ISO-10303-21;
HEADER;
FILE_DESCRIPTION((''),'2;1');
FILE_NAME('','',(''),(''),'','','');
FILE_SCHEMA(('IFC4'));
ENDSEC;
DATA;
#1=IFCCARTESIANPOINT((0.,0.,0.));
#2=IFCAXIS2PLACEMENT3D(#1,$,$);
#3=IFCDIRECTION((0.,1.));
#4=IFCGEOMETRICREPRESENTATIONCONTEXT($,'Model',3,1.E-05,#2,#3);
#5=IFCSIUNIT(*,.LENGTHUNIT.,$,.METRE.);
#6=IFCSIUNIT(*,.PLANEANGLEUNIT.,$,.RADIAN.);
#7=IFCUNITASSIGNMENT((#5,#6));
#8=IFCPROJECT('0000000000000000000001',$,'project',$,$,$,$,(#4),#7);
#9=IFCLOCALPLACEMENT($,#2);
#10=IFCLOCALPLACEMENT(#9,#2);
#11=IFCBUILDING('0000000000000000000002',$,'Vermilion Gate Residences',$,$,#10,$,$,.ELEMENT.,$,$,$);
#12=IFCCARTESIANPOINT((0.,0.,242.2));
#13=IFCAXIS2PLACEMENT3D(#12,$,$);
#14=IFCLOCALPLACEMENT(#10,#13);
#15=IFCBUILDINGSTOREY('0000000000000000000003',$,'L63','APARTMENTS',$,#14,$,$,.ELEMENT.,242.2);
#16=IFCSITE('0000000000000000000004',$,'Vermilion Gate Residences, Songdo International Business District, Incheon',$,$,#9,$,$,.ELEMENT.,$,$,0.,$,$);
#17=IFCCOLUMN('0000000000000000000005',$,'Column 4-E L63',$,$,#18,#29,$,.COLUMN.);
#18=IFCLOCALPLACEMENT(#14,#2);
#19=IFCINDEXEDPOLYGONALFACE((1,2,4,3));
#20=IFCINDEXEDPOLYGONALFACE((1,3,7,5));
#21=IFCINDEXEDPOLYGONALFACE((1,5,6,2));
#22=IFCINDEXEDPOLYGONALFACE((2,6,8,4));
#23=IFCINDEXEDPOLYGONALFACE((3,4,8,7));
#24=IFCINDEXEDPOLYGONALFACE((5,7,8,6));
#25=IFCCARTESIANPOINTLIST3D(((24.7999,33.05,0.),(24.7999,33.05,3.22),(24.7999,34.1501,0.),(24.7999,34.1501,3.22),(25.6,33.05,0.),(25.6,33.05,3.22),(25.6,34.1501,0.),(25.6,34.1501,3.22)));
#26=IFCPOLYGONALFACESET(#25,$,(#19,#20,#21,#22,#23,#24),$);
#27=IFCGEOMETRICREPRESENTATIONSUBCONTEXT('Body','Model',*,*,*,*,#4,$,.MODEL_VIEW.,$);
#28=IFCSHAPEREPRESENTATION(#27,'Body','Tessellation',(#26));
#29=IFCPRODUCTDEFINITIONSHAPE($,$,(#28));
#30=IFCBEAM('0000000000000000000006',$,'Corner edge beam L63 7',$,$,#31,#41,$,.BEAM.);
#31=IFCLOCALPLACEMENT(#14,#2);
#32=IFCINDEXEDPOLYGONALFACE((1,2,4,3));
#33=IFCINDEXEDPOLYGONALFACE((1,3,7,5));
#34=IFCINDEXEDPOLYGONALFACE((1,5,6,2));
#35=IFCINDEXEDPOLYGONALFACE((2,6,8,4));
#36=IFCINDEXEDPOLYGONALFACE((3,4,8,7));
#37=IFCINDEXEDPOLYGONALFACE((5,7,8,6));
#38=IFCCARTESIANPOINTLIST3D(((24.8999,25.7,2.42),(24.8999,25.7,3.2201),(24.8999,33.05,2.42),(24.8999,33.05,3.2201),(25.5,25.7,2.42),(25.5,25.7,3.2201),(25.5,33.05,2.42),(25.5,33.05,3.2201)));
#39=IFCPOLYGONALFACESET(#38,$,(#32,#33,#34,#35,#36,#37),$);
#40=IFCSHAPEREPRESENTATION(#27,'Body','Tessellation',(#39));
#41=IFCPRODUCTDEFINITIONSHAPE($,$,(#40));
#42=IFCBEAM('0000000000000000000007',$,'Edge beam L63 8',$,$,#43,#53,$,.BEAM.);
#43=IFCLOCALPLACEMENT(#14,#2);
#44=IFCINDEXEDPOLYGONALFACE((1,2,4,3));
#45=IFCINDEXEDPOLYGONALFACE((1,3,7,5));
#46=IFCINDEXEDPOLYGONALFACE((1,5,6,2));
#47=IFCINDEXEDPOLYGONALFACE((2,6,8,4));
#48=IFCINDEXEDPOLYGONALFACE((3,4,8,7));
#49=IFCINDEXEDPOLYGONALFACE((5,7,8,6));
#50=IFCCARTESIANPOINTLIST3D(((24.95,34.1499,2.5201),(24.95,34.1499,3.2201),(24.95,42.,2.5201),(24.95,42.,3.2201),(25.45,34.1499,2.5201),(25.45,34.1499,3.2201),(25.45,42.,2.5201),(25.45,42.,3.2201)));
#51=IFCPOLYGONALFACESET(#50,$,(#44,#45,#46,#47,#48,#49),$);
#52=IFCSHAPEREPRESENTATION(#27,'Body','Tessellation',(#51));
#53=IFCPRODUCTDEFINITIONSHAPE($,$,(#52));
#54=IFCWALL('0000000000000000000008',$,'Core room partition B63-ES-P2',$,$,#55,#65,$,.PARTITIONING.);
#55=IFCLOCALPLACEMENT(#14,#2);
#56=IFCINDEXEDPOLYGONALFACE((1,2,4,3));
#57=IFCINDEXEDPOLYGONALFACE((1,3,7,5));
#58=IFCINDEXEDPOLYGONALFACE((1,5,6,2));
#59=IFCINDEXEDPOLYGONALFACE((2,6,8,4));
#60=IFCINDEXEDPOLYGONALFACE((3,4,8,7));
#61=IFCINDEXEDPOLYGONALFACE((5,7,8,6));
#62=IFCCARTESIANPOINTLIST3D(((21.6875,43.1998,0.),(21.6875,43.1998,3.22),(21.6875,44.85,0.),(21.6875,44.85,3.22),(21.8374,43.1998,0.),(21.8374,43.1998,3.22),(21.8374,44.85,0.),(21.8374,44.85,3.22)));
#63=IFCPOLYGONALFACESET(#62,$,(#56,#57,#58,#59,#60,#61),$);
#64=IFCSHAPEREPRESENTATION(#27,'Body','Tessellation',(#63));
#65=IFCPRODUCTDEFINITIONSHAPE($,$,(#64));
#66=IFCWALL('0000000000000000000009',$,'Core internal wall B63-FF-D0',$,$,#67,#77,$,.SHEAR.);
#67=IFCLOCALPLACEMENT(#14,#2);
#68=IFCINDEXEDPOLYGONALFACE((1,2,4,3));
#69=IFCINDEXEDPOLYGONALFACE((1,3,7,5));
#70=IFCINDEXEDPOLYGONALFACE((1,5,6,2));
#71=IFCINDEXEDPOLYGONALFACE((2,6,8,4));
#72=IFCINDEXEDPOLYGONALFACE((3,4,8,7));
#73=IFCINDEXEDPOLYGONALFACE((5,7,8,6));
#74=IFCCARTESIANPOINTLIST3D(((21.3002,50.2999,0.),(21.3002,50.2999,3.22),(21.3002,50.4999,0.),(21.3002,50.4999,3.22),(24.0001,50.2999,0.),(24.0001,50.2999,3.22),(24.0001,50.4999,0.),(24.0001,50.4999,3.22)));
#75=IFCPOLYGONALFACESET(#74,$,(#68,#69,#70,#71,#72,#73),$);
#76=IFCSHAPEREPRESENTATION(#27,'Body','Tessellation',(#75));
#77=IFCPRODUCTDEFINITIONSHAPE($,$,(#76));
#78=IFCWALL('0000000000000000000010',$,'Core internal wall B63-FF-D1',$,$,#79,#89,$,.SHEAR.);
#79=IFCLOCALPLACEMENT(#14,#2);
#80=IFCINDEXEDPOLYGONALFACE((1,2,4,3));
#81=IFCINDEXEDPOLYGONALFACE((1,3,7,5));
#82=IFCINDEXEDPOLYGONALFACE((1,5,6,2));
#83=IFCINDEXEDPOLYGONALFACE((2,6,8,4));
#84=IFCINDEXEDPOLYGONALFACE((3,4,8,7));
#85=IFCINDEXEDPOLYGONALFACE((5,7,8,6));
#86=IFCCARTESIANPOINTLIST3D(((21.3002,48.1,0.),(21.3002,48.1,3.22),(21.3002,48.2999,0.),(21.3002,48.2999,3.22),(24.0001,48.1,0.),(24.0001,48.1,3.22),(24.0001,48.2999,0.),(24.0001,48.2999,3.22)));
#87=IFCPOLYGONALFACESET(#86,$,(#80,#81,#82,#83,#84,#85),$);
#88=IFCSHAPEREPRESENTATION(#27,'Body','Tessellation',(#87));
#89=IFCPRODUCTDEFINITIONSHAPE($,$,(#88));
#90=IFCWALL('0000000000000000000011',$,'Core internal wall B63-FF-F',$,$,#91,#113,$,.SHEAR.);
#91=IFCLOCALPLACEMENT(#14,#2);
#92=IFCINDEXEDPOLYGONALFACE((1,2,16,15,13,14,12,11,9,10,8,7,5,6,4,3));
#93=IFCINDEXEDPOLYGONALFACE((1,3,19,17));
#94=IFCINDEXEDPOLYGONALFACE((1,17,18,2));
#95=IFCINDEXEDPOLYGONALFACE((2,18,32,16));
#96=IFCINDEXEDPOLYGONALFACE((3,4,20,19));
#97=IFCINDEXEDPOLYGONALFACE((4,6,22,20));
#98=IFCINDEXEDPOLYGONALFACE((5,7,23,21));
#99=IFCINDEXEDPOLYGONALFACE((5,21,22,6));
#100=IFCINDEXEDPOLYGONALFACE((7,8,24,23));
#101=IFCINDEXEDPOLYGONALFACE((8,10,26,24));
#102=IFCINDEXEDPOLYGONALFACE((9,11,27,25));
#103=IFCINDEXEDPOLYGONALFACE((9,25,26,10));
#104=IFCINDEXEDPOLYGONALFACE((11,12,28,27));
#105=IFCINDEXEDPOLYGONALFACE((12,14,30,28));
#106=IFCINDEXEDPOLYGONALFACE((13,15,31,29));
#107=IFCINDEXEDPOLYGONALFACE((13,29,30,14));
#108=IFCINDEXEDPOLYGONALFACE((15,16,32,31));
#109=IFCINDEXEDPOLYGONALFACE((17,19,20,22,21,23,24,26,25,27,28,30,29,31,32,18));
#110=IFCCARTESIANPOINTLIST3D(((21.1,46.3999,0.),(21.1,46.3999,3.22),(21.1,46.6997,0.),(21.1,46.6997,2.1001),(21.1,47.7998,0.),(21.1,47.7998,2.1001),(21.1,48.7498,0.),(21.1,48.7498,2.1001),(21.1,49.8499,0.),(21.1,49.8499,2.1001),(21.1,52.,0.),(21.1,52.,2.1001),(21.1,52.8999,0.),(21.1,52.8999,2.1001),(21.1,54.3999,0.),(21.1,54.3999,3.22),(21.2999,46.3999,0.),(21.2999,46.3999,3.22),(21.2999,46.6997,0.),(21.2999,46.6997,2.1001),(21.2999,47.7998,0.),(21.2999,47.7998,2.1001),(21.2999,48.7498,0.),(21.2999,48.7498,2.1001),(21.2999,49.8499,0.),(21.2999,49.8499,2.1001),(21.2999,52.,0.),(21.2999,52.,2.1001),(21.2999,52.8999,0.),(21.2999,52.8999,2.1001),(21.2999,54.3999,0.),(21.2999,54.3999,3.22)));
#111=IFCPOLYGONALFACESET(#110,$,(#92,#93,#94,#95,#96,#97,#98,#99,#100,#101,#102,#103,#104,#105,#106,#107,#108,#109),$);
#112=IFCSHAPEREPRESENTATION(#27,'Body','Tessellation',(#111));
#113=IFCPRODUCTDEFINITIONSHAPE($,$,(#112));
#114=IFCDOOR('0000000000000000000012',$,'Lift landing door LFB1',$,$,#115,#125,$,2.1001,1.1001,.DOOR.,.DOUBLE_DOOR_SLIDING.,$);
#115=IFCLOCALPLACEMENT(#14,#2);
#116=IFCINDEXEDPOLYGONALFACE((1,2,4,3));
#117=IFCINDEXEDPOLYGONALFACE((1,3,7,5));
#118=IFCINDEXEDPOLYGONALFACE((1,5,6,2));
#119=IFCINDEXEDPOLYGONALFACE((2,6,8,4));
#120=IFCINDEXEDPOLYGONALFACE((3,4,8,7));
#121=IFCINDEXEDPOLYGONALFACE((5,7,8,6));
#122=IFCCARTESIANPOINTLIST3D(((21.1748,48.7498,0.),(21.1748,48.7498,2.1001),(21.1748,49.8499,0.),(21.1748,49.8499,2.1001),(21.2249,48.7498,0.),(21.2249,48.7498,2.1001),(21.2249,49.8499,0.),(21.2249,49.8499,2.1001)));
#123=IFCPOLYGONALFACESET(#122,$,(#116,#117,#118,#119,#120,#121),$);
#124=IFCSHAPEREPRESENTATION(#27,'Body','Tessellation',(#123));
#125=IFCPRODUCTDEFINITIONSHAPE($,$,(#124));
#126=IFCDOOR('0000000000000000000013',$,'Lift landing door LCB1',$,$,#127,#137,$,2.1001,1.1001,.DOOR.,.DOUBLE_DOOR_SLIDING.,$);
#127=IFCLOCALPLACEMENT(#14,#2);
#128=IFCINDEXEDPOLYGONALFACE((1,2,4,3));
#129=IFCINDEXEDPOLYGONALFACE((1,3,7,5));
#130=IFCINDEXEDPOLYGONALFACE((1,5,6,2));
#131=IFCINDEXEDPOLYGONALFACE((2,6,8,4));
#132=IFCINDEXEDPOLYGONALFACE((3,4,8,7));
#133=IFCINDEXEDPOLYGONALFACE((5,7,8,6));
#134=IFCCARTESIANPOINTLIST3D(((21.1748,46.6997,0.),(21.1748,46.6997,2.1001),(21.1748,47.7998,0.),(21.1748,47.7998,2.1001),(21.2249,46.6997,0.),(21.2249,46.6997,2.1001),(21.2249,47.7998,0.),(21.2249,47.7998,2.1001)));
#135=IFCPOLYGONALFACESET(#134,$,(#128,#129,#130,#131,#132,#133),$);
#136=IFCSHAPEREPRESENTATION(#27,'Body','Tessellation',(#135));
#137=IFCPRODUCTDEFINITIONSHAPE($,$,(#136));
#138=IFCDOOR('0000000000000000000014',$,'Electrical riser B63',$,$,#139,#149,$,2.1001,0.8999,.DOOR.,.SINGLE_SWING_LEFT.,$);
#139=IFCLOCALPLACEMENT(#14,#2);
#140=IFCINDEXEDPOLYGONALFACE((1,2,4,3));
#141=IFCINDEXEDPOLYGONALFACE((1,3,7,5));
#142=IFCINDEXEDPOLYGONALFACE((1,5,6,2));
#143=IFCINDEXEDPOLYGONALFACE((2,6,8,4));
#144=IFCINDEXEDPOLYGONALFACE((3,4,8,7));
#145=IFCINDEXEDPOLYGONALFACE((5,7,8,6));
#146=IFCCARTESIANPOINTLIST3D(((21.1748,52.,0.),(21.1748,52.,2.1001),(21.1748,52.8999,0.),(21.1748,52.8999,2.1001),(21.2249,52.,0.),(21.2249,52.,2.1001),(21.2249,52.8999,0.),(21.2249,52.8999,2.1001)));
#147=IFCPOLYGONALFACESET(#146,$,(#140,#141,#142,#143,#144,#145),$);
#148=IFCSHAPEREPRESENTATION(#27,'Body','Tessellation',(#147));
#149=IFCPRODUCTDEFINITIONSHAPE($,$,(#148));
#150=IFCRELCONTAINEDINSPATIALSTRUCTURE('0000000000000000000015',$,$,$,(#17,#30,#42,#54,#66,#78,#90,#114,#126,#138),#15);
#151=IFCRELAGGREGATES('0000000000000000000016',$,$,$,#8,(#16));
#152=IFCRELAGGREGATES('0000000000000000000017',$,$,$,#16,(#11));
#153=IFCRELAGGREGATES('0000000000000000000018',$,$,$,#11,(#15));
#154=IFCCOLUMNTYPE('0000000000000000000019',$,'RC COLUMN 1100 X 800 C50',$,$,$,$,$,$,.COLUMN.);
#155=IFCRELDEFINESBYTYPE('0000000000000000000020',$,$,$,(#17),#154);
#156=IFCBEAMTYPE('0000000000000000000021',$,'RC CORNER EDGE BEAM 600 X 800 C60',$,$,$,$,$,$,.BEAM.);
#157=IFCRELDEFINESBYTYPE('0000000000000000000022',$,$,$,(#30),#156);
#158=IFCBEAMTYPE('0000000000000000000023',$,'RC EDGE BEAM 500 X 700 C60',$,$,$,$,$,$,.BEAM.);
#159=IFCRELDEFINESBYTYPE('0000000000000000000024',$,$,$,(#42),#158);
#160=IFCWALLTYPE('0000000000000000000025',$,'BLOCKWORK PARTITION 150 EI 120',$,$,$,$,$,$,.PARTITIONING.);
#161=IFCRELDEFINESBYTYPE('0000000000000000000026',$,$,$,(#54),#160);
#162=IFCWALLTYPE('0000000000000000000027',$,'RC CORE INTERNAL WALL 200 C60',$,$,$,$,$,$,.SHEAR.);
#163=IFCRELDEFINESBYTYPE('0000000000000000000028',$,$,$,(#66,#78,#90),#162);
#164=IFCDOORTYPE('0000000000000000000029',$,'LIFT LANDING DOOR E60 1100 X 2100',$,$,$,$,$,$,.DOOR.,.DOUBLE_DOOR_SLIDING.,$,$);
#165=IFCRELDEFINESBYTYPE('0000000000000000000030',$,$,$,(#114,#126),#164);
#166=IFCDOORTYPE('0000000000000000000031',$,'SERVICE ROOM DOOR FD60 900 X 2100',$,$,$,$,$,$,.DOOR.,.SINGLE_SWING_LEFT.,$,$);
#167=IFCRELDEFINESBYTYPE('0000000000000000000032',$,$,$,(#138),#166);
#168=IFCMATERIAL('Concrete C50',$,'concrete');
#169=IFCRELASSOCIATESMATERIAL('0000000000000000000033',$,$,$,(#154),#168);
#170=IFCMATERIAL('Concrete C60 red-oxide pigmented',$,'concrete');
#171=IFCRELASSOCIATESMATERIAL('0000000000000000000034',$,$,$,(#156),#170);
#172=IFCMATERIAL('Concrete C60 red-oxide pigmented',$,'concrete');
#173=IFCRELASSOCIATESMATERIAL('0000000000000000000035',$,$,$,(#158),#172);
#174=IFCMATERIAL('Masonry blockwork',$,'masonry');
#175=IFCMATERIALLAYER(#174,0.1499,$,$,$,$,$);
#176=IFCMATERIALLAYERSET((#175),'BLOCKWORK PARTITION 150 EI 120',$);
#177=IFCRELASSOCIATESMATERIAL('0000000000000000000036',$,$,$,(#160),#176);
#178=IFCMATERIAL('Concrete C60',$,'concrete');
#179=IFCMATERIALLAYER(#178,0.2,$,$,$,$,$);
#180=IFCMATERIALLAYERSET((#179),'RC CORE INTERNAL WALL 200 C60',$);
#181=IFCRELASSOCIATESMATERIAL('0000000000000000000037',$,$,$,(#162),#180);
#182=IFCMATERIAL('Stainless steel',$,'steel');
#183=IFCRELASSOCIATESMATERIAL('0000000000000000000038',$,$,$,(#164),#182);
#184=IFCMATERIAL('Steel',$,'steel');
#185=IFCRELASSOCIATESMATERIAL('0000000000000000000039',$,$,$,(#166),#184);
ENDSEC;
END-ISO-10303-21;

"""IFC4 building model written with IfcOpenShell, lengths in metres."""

from ifc_helpers import new_model, si_unit, direction, frame, frame_2d, origin, origin_2d, place, context, subcontext, project, spatial, rectangle, extrude, material, layer, layer_set, material_profile, profile_set, type_object, element, fill, save


model = new_model("IFC4")

# Units and contexts
model_context = context("Model", 3, precision=1e-05, world=origin(), true_north=direction((0.0, 1.0)))
body_context = subcontext(model_context, "Body", "Model", "MODEL_VIEW")
ifc_project = project(units=[si_unit("LENGTHUNIT", "METRE"), si_unit("PLANEANGLEUNIT", "RADIAN")], contexts=[model_context])

# Site, building, storey
site_placement = place(None, origin())
site = spatial("IfcSite", under=ifc_project, at=site_placement, Name="Vermilion Gate Residences, Songdo International Business District, Incheon", CompositionType="ELEMENT", RefElevation=0.0)
building_placement = place(site_placement, origin())
building = spatial("IfcBuilding", under=site, at=building_placement, Name="Vermilion Gate Residences", CompositionType="ELEMENT")
storey_placement = place(building_placement, frame((0.0, 0.0, 242.2)))
storey = spatial("IfcBuildingStorey", under=building, at=storey_placement, Name="L63", Description="APARTMENTS", CompositionType="ELEMENT", Elevation=242.2)

# Column
ifc_material_1 = material(Name="Concrete C50", Category="concrete")
ifc_material_profile_1 = material_profile(ifc_material_1, rectangle(XDim=1.1001, YDim=0.8, at=origin_2d()), Name="RC-1100x800")
ifc_profile_set_1 = profile_set([ifc_material_profile_1], Name="Concrete C50")
column_type = type_object("IfcColumnType", Name="RC COLUMN 1100 X 800 C50", PredefinedType="COLUMN", material=ifc_profile_set_1)
column_placement = place(storey_placement, frame((25.2, 33.6001, 0.0), z_axis=(0.0, 0.0, 1.0), x_axis=(0.0, 1.0, 0.0)))
element("IfcColumn", 1, at=column_placement, inside=storey, type_object=column_type, Name="Column 4-E L63", PredefinedType="COLUMN", context=body_context, shape_type="SweptSolid", body=[
    extrude(rectangle(XDim=1.1001, YDim=0.8, at=origin_2d()), origin(), (0.0, 0.0, 1.0), 3.22),
])

# Beams
ifc_material_2 = material(Name="Concrete C60 red-oxide pigmented", Category="concrete")
ifc_material_profile_2 = material_profile(ifc_material_2, rectangle(XDim=0.6001, YDim=0.8, at=origin_2d()), Name="RC-600x800")
ifc_profile_set_2 = profile_set([ifc_material_profile_2], Name="Concrete C60 red-oxide pigmented")
beam_type_1 = type_object("IfcBeamType", Name="RC CORNER EDGE BEAM 600 X 800 C60", PredefinedType="BEAM", material=ifc_profile_set_2)
beam_1_placement = place(storey_placement, frame((25.2, 25.7, 2.8201), z_axis=(0.0, 1.0, 0.0), x_axis=(-1.0, 0.0, 0.0)))
element("IfcBeam", 2, at=beam_1_placement, inside=storey, type_object=beam_type_1, Name="Corner edge beam L63 7", PredefinedType="BEAM", context=body_context, shape_type="SweptSolid", body=[
    extrude(rectangle(XDim=0.6001, YDim=0.8, at=origin_2d()), origin(), (0.0, 0.0, 1.0), 7.3501),
])
ifc_material_3 = material(Name="Concrete C60 red-oxide pigmented", Category="concrete")
ifc_material_profile_3 = material_profile(ifc_material_3, rectangle(XDim=0.5, YDim=0.7, at=origin_2d()), Name="RC-500x700")
ifc_profile_set_3 = profile_set([ifc_material_profile_3], Name="Concrete C60 red-oxide pigmented")
beam_type_2 = type_object("IfcBeamType", Name="RC EDGE BEAM 500 X 700 C60", PredefinedType="BEAM", material=ifc_profile_set_3)
beam_2_placement = place(storey_placement, frame((25.2, 34.1499, 2.8701), z_axis=(0.0, 1.0, 0.0), x_axis=(-1.0, 0.0, 0.0)))
element("IfcBeam", 3, at=beam_2_placement, inside=storey, type_object=beam_type_2, Name="Edge beam L63 8", PredefinedType="BEAM", context=body_context, shape_type="SweptSolid", body=[
    extrude(rectangle(XDim=0.5, YDim=0.7, at=origin_2d()), origin(), (0.0, 0.0, 1.0), 7.8501),
])

# Walls
ifc_material_4 = material(Name="Masonry blockwork", Category="masonry")
ifc_layer_1 = layer(ifc_material_4, 0.1499)
ifc_layer_set_1 = layer_set([ifc_layer_1], Name="BLOCKWORK PARTITION 150 EI 120")
wall_type_1 = type_object("IfcWallType", Name="BLOCKWORK PARTITION 150 EI 120", PredefinedType="PARTITIONING", material=ifc_layer_set_1)
wall_1_placement = place(storey_placement, frame((21.7625, 44.8501, 0.0), z_axis=(0.0, 0.0, 1.0), x_axis=(0.0, -1.0, 0.0)))
element("IfcWall", 4, at=wall_1_placement, inside=storey, type_object=wall_type_1, Name="Core room partition B63-ES-P2", PredefinedType="PARTITIONING", context=body_context, shape_type="SweptSolid", body=[
    extrude(rectangle(XDim=1.6501, YDim=0.1499, at=frame_2d((0.8252, 0.0))), origin(), (0.0, 0.0, 1.0), 3.22),
])
ifc_material_5 = material(Name="Concrete C60", Category="concrete")
ifc_layer_2 = layer(ifc_material_5, 0.2)
ifc_layer_set_2 = layer_set([ifc_layer_2], Name="RC CORE INTERNAL WALL 200 C60")
wall_type_2 = type_object("IfcWallType", Name="RC CORE INTERNAL WALL 200 C60", PredefinedType="SHEAR", material=ifc_layer_set_2)
for number, where, z_axis, x_axis, name in (
    (5, (21.3, 50.3999, 0.0), (0.0, 0.0, 1.0), (1.0, 0.0, 0.0), "Core internal wall B63-FF-D0"),
    (6, (21.3, 48.2, 0.0), (0.0, 0.0, 1.0), (1.0, 0.0, 0.0), "Core internal wall B63-FF-D1"),
):
    element("IfcWall", number, at=place(storey_placement, frame(where, z_axis=z_axis, x_axis=x_axis)), inside=storey, type_object=wall_type_2, Name=name, PredefinedType="SHEAR", context=body_context, shape_type="SweptSolid", body=[
        extrude(rectangle(XDim=2.7, YDim=0.2, at=frame_2d((1.3501, 0.0))), origin(), (0.0, 0.0, 1.0), 3.22),
    ])

# Wall, openings, doors
wall_2_placement = place(storey_placement, frame((21.2, 54.3999, 0.0), z_axis=(0.0, 0.0, 1.0), x_axis=(0.0, -1.0, 0.0)))
wall_2 = element("IfcWall", 7, at=wall_2_placement, inside=storey, type_object=wall_type_2, Name="Core internal wall B63-FF-F", PredefinedType="SHEAR", context=body_context, shape_type="SweptSolid", body=[
    extrude(rectangle(XDim=8.0, YDim=0.2, at=frame_2d((4.0, 0.0))), origin(), (0.0, 0.0, 1.0), 3.22),
])
opening_1_placement = place(wall_2_placement, frame((1.5, 0.0, 0.0)))
opening_1 = element("IfcOpeningElement", 8, at=opening_1_placement, cuts=wall_2, PredefinedType="OPENING", context=body_context, shape_type="SweptSolid", body=[
    extrude(rectangle(XDim=0.8999, YDim=2.1001, at=frame_2d((0.45, 1.05))), frame((0.0, 0.1099, 0.0), z_axis=(0.0, -1.0, 0.0), x_axis=(1.0, 0.0, 0.0)), (0.0, 0.0, 1.0), 0.22),
])
opening_2_placement = place(wall_2_placement, frame((4.55, 0.0, 0.0)))
opening_2 = element("IfcOpeningElement", 9, at=opening_2_placement, cuts=wall_2, PredefinedType="OPENING", context=body_context, shape_type="SweptSolid", body=[
    extrude(rectangle(XDim=1.1001, YDim=2.1001, at=frame_2d((0.55, 1.05))), frame((0.0, 0.1099, 0.0), z_axis=(0.0, -1.0, 0.0), x_axis=(1.0, 0.0, 0.0)), (0.0, 0.0, 1.0), 0.22),
])
opening_3_placement = place(wall_2_placement, frame((6.6001, 0.0, 0.0)))
opening_3 = element("IfcOpeningElement", 10, at=opening_3_placement, cuts=wall_2, PredefinedType="OPENING", context=body_context, shape_type="SweptSolid", body=[
    extrude(rectangle(XDim=1.1001, YDim=2.1001, at=frame_2d((0.55, 1.05))), frame((0.0, 0.1099, 0.0), z_axis=(0.0, -1.0, 0.0), x_axis=(1.0, 0.0, 0.0)), (0.0, 0.0, 1.0), 0.22),
])
ifc_material_6 = material(Name="Stainless steel", Category="steel")
door_type_1 = type_object("IfcDoorType", Name="LIFT LANDING DOOR E60 1100 X 2100", OperationType="DOUBLE_DOOR_SLIDING", PredefinedType="DOOR", material=ifc_material_6)
door_1_placement = place(opening_2_placement, origin())
door_1 = element("IfcDoor", 11, at=door_1_placement, inside=storey, type_object=door_type_1, Name="Lift landing door LFB1", OperationType="DOUBLE_DOOR_SLIDING", OverallHeight=2.1001, OverallWidth=1.1001, PredefinedType="DOOR", context=body_context, shape_type="SweptSolid", body=[
    extrude(rectangle(XDim=1.1001, YDim=2.1001, at=frame_2d((0.55, 1.05))), frame((0.0, 0.0249, 0.0), z_axis=(0.0, -1.0, 0.0), x_axis=(1.0, 0.0, 0.0)), (0.0, 0.0, 1.0), 0.05),
])
fill(opening_2, door_1)
door_2_placement = place(opening_3_placement, origin())
door_2 = element("IfcDoor", 12, at=door_2_placement, inside=storey, type_object=door_type_1, Name="Lift landing door LCB1", OperationType="DOUBLE_DOOR_SLIDING", OverallHeight=2.1001, OverallWidth=1.1001, PredefinedType="DOOR", context=body_context, shape_type="SweptSolid", body=[
    extrude(rectangle(XDim=1.1001, YDim=2.1001, at=frame_2d((0.55, 1.05))), frame((0.0, 0.0249, 0.0), z_axis=(0.0, -1.0, 0.0), x_axis=(1.0, 0.0, 0.0)), (0.0, 0.0, 1.0), 0.05),
])
fill(opening_3, door_2)
ifc_material_7 = material(Name="Steel", Category="steel")
door_type_2 = type_object("IfcDoorType", Name="SERVICE ROOM DOOR FD60 900 X 2100", OperationType="SINGLE_SWING_LEFT", PredefinedType="DOOR", material=ifc_material_7)
door_3_placement = place(opening_1_placement, origin())
door_3 = element("IfcDoor", 13, at=door_3_placement, inside=storey, type_object=door_type_2, Name="Electrical riser B63", OperationType="SINGLE_SWING_LEFT", OverallHeight=2.1001, OverallWidth=0.8999, PredefinedType="DOOR", context=body_context, shape_type="SweptSolid", body=[
    extrude(rectangle(XDim=0.8999, YDim=2.1001, at=frame_2d((0.45, 1.05))), frame((0.0, 0.0249, 0.0), z_axis=(0.0, -1.0, 0.0), x_axis=(1.0, 0.0, 0.0)), (0.0, 0.0, 1.0), 0.05),
])
fill(opening_1, door_3)

save(model, "model.ifc")
